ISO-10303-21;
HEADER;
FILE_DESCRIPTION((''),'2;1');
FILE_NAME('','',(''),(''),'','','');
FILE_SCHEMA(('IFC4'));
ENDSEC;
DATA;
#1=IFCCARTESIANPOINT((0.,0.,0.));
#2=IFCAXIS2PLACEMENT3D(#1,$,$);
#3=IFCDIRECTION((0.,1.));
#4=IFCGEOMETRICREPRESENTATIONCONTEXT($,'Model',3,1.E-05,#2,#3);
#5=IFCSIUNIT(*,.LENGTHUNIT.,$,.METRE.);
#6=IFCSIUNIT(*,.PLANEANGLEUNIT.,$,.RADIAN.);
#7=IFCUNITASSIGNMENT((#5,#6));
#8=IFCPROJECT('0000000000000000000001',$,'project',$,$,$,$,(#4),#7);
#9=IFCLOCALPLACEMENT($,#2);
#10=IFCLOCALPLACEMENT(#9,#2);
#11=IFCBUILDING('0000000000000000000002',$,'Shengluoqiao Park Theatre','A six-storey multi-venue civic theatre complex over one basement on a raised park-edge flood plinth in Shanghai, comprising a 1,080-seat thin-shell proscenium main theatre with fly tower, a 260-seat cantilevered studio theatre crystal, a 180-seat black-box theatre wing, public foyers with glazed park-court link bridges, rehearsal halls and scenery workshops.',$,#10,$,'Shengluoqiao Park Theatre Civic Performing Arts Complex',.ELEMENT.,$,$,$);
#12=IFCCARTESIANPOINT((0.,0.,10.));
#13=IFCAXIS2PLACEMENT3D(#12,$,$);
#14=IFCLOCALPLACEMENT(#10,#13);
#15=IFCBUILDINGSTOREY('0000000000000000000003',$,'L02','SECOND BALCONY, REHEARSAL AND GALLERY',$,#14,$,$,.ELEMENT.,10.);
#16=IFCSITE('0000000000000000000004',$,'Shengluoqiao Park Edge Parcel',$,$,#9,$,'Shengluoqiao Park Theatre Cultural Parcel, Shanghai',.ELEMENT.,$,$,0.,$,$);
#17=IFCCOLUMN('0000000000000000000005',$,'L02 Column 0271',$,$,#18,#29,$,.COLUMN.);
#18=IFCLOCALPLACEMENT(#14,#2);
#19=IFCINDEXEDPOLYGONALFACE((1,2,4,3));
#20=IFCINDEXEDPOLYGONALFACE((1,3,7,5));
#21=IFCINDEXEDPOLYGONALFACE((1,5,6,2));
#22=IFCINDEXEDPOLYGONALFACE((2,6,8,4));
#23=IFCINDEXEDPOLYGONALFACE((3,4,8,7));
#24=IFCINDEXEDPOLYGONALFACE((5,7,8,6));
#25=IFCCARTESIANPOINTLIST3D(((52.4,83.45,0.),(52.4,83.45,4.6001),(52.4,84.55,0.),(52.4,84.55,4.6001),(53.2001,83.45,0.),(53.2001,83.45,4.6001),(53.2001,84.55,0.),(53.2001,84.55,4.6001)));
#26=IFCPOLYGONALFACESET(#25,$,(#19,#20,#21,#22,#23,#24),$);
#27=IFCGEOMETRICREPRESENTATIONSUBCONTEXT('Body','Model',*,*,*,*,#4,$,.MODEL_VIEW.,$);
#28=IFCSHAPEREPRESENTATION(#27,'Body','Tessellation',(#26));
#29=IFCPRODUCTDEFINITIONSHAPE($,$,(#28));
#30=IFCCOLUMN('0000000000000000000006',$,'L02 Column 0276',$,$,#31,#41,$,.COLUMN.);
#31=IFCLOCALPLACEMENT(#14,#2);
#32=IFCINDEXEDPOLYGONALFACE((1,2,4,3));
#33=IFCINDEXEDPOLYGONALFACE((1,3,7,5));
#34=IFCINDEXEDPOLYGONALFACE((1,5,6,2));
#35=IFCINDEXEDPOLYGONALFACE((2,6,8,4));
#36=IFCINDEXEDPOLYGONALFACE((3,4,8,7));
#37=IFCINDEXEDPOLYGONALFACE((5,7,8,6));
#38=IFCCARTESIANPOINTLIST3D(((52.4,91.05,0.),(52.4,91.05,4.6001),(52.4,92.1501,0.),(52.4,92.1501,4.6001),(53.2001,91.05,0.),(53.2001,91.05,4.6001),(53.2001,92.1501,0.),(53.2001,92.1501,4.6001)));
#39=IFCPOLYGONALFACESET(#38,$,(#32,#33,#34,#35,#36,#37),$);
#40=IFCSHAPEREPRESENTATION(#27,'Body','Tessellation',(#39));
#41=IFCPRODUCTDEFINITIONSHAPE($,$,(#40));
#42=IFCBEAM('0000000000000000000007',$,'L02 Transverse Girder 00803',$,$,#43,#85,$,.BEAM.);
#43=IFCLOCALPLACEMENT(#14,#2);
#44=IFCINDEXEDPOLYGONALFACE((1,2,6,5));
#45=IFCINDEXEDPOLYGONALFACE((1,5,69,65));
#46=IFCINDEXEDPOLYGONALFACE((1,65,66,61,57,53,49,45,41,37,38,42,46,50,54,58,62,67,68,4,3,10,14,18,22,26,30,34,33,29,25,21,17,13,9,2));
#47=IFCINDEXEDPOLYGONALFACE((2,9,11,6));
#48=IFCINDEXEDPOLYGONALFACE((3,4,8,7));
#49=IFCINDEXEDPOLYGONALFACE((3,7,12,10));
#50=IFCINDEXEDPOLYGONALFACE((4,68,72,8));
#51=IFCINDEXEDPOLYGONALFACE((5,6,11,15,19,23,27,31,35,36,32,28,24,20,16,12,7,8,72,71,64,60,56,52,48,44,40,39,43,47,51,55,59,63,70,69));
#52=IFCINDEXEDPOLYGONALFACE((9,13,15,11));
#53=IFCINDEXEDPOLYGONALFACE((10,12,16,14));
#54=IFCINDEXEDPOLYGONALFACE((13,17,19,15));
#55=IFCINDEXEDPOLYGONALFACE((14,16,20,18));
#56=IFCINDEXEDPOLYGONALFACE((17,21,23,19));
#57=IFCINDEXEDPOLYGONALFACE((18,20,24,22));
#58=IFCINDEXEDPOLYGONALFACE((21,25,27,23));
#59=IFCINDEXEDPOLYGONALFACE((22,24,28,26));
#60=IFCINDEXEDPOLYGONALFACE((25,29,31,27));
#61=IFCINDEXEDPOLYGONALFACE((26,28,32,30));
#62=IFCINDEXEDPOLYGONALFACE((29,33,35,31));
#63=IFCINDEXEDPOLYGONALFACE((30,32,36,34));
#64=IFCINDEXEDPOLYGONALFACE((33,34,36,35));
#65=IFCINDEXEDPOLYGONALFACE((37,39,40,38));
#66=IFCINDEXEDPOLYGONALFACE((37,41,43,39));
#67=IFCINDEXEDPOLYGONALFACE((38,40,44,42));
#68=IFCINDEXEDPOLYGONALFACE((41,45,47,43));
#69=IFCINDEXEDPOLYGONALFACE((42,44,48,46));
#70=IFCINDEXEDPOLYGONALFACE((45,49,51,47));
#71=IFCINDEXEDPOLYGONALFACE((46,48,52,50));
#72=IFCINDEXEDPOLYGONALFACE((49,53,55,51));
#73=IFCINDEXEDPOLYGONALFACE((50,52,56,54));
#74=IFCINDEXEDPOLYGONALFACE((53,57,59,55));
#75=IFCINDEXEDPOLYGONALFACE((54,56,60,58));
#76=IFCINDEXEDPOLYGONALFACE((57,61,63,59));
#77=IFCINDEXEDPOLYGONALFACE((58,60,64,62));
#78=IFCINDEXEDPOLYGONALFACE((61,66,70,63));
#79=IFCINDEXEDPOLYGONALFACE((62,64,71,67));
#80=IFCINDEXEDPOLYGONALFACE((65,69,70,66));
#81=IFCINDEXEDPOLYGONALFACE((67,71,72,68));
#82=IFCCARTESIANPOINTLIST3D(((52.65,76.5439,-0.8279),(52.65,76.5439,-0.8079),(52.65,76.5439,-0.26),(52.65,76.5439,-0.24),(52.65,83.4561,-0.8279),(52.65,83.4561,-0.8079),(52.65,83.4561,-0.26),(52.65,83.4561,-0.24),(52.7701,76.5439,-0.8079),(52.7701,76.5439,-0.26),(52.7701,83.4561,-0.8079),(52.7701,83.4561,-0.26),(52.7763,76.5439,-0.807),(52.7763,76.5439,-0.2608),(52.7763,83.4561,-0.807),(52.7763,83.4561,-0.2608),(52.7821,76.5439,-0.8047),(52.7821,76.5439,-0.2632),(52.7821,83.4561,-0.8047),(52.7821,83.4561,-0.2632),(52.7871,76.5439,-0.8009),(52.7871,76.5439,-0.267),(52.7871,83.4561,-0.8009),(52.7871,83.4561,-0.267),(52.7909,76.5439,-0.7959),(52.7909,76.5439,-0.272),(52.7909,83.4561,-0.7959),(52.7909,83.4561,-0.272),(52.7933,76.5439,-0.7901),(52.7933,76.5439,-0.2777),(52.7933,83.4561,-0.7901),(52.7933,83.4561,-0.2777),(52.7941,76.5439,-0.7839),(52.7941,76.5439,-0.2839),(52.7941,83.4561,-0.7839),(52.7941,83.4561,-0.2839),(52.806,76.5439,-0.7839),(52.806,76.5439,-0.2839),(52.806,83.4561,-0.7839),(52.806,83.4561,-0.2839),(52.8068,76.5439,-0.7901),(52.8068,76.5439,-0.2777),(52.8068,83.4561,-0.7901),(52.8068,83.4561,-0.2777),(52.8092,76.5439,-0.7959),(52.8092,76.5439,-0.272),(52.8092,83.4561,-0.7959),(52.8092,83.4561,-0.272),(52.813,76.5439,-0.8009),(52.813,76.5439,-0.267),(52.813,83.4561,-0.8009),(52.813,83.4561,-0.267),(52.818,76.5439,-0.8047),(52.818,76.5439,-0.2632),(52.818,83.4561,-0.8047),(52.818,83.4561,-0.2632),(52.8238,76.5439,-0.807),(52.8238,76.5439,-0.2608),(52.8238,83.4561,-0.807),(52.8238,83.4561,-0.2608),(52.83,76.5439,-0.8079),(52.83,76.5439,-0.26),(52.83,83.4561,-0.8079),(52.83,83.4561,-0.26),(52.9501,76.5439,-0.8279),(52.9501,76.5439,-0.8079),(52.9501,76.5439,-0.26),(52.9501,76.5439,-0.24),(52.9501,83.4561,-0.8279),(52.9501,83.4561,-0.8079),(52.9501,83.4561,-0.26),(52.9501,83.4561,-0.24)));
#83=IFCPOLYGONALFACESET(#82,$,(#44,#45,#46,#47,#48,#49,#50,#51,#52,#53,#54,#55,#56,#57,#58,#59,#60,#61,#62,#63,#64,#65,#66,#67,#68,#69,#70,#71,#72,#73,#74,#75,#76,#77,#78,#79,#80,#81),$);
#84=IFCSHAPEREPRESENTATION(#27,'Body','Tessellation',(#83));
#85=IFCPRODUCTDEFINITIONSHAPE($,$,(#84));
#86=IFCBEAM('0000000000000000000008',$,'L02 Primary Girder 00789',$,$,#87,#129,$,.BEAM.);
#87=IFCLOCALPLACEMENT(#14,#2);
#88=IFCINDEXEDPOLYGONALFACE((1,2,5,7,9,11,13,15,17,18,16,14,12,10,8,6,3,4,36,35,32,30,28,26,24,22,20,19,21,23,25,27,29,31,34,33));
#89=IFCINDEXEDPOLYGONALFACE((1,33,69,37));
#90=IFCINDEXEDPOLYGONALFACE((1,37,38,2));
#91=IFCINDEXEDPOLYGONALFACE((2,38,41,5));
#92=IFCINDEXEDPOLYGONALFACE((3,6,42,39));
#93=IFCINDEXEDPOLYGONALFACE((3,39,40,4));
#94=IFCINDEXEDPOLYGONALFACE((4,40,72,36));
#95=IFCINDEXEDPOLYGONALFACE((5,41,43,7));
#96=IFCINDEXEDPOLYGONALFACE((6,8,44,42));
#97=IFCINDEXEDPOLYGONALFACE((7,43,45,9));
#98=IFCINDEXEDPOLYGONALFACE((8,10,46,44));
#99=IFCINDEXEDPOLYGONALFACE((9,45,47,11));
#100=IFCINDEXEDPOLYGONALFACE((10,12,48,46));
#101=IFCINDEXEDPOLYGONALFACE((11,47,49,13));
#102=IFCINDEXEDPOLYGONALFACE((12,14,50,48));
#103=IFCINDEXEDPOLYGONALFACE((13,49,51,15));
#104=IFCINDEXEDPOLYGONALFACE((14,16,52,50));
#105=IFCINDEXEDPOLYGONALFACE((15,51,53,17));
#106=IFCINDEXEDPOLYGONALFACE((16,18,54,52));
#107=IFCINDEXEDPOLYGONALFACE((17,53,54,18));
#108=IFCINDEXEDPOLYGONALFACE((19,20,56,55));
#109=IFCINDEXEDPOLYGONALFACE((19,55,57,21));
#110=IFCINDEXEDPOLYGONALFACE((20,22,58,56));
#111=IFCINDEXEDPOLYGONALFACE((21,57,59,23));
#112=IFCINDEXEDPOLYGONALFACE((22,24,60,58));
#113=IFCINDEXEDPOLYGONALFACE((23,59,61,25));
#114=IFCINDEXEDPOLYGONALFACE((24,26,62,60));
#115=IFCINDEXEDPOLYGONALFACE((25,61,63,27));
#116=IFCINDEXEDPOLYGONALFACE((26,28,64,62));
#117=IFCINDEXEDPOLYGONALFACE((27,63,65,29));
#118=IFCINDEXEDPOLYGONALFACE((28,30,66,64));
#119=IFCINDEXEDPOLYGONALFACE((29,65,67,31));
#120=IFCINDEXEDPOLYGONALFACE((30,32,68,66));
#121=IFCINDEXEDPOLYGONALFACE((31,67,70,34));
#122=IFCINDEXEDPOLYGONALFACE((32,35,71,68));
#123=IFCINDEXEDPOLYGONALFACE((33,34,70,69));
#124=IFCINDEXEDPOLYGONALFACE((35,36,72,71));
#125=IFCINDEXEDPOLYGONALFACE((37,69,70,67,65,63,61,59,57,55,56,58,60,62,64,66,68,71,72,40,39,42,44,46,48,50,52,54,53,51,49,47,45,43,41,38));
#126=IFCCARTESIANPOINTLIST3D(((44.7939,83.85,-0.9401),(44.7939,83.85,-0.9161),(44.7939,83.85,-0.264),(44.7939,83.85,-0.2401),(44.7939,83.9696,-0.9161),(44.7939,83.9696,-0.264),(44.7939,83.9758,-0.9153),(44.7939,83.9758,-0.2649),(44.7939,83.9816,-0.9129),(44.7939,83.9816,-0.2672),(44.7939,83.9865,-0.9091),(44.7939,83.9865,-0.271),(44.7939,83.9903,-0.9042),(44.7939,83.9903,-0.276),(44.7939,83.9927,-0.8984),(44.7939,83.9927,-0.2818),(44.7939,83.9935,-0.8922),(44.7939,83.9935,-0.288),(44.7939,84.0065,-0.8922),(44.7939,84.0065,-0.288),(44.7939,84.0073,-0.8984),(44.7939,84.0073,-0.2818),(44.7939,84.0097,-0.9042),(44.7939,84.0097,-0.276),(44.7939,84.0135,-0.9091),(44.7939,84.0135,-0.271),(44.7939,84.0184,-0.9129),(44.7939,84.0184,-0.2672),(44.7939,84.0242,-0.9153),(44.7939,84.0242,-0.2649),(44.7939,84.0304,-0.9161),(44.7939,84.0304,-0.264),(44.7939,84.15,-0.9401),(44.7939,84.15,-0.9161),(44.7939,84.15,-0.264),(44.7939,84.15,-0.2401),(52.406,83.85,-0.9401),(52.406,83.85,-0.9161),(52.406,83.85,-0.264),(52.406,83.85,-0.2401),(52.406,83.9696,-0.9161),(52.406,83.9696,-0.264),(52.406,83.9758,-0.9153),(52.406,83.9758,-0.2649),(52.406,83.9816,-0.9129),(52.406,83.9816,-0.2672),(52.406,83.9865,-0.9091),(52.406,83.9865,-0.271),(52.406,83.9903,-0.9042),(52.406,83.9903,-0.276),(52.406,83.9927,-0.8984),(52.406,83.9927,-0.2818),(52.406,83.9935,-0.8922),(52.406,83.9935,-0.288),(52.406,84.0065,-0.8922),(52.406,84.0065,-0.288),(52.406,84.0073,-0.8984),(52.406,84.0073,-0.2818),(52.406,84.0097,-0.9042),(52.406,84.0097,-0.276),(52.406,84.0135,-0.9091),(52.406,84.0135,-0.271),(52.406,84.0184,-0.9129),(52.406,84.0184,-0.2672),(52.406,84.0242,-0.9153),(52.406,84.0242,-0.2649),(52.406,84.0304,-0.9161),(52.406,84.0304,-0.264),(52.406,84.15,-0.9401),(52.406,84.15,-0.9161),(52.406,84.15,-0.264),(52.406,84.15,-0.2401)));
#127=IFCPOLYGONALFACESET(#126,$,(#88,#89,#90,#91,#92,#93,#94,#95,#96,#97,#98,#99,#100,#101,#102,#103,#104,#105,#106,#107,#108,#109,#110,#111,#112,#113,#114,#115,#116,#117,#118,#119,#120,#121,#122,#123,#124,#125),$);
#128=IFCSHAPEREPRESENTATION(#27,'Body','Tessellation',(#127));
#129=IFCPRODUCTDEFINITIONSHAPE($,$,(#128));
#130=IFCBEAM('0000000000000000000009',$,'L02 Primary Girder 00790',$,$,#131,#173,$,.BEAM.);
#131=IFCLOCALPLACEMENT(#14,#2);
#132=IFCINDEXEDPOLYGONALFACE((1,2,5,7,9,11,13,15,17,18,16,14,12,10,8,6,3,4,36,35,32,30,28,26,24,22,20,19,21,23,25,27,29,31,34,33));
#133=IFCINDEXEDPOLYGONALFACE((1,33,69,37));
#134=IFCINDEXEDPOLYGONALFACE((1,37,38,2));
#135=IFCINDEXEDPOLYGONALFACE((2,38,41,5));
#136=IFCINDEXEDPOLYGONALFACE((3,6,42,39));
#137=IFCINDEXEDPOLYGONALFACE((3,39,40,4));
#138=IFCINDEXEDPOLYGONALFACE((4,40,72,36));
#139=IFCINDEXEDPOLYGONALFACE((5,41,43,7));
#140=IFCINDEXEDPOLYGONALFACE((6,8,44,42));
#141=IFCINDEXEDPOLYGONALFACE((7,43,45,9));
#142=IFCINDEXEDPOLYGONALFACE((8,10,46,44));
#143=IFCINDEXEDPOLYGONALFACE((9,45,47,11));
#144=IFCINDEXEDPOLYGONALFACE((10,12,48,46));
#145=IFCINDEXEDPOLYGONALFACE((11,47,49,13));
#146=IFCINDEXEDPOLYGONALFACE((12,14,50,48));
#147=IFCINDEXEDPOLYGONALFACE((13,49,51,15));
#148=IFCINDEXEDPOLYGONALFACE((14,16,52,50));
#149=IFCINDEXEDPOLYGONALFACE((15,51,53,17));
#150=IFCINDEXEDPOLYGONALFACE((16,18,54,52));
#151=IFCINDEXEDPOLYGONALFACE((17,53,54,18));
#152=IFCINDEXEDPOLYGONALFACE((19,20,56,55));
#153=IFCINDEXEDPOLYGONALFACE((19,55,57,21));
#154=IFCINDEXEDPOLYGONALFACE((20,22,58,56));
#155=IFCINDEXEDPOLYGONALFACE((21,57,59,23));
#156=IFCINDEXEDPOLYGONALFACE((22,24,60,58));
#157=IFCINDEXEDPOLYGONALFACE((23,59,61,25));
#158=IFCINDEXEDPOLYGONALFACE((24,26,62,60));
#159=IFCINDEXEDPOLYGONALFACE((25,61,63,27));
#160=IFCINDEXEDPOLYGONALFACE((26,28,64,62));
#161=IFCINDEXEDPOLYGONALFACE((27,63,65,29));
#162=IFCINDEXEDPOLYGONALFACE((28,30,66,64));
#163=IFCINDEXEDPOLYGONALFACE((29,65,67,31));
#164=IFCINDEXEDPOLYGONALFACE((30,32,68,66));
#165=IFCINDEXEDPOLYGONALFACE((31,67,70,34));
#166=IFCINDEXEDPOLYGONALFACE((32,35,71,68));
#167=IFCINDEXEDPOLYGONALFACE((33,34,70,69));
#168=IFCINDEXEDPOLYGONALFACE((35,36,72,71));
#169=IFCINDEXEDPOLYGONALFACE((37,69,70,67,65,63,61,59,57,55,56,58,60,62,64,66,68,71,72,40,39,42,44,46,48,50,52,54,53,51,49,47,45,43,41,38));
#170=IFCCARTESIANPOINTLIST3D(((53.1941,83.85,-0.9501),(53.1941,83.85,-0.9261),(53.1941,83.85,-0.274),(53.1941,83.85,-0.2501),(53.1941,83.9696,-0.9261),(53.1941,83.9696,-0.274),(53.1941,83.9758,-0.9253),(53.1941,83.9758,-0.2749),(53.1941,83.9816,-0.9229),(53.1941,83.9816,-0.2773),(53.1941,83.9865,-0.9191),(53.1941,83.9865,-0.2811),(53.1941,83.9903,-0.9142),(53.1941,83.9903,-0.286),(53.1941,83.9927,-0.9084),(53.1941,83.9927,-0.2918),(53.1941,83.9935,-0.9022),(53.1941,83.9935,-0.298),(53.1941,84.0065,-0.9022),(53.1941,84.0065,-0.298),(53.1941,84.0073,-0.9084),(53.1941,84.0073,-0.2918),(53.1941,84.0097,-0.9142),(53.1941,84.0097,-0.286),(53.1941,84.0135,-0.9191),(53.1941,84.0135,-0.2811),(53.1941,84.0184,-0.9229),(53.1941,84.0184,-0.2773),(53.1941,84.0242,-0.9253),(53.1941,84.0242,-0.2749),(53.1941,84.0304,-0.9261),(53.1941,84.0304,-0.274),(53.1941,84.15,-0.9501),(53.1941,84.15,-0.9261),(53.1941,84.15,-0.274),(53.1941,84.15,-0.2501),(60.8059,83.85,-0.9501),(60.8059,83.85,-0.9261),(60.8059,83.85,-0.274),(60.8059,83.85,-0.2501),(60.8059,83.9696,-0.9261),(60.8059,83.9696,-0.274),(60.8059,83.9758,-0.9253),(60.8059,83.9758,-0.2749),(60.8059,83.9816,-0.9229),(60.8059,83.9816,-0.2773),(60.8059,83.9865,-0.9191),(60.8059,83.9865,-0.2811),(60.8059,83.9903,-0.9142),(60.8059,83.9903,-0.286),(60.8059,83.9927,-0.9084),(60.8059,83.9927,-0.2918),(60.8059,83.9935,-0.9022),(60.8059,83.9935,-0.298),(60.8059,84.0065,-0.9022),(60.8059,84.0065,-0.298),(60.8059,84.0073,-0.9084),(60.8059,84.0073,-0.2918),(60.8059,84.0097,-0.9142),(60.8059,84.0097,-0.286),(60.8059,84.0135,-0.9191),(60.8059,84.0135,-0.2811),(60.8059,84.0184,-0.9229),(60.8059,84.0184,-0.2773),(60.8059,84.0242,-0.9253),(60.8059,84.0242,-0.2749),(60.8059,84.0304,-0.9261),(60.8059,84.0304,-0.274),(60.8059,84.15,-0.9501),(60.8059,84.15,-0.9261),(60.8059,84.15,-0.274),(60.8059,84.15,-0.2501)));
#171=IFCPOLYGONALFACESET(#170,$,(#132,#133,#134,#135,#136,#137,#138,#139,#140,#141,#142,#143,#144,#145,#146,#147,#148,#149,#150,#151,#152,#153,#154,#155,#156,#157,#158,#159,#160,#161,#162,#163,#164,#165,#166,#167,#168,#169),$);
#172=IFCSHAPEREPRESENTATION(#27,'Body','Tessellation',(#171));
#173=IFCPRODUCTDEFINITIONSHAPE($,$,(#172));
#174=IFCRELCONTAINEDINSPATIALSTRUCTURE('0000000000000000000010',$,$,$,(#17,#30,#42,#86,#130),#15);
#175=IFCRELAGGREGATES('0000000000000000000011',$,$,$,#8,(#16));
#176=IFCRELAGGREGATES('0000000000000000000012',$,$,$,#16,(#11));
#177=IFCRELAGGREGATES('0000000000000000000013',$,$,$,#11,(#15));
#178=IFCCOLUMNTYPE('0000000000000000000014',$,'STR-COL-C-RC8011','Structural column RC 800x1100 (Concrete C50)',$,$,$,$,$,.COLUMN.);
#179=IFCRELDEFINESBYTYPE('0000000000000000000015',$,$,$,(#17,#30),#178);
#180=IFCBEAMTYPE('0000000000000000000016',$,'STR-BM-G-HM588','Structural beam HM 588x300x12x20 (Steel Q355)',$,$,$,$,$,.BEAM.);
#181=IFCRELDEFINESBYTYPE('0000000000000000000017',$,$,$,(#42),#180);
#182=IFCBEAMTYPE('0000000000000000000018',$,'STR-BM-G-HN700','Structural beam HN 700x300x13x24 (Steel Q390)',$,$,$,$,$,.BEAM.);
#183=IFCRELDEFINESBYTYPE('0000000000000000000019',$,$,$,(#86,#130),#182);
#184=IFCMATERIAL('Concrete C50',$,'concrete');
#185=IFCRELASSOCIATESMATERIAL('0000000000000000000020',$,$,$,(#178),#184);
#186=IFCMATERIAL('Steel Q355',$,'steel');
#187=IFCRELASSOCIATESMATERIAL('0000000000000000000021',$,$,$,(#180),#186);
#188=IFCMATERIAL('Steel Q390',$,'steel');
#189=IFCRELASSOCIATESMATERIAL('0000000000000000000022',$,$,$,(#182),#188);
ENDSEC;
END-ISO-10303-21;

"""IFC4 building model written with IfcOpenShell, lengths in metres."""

from ifc_helpers import new_model, si_unit, direction, frame, origin, origin_2d, place, context, subcontext, project, spatial, rectangle, i_section, extrude, material, material_profile, profile_set, type_object, element, save


model = new_model("IFC4")

# Units and contexts
model_context = context("Model", 3, precision=1e-05, world=origin(), true_north=direction((0.0, 1.0)))
body_context = subcontext(model_context, "Body", "Model", "MODEL_VIEW")
ifc_project = project(units=[si_unit("LENGTHUNIT", "METRE"), si_unit("PLANEANGLEUNIT", "RADIAN")], contexts=[model_context])

# Site, building, storey
site_placement = place(None, origin())
site = spatial("IfcSite", under=ifc_project, at=site_placement, Name="Shengluoqiao Park Edge Parcel", LongName="Shengluoqiao Park Theatre Cultural Parcel, Shanghai", CompositionType="ELEMENT", RefElevation=0.0)
building_placement = place(site_placement, origin())
building = spatial("IfcBuilding", under=site, at=building_placement, Name="Shengluoqiao Park Theatre", Description="A six-storey multi-venue civic theatre complex over one basement on a raised park-edge flood plinth in Shanghai, comprising a 1,080-seat thin-shell proscenium main theatre with fly tower, a 260-seat cantilevered studio theatre crystal, a 180-seat black-box theatre wing, public foyers with glazed park-court link bridges, rehearsal halls and scenery workshops.", LongName="Shengluoqiao Park Theatre Civic Performing Arts Complex", CompositionType="ELEMENT")
storey_placement = place(building_placement, frame((0.0, 0.0, 10.0)))
storey = spatial("IfcBuildingStorey", under=building, at=storey_placement, Name="L02", Description="SECOND BALCONY, REHEARSAL AND GALLERY", CompositionType="ELEMENT", Elevation=10.0)

# Columns
ifc_material_1 = material(Name="Concrete C50", Category="concrete")
ifc_material_profile_1 = material_profile(ifc_material_1, rectangle(XDim=0.8, YDim=1.1001, at=origin_2d()), Name="RC 800x1100")
ifc_profile_set_1 = profile_set([ifc_material_profile_1], Name="Concrete C50")
column_type = type_object("IfcColumnType", Name="STR-COL-C-RC8011", Description="Structural column RC 800x1100 (Concrete C50)", PredefinedType="COLUMN", material=ifc_profile_set_1)
for number, where, z_axis, x_axis, name in (
    (1, (52.8, 84.0, 0.0), (0.0, 0.0, 1.0), (1.0, 0.0, 0.0), "L02 Column 0271"),
    (2, (52.8, 91.6001, 0.0), (0.0, 0.0, 1.0), (1.0, 0.0, 0.0), "L02 Column 0276"),
):
    element("IfcColumn", number, at=place(storey_placement, frame(where, z_axis=z_axis, x_axis=x_axis)), inside=storey, type_object=column_type, Name=name, PredefinedType="COLUMN", context=body_context, shape_type="SweptSolid", body=[
        extrude(rectangle(XDim=0.8, YDim=1.1001, at=origin_2d()), origin(), (0.0, 0.0, 1.0), 4.6001),
    ])

# Beams
ifc_material_2 = material(Name="Steel Q355", Category="steel")
ifc_material_profile_2 = material_profile(ifc_material_2, i_section(OverallWidth=0.3, OverallDepth=0.5879, WebThickness=0.012, FlangeThickness=0.02, FilletRadius=0.0239, at=origin_2d()), Name="HM 588x300x12x20")
ifc_profile_set_2 = profile_set([ifc_material_profile_2], Name="Steel Q355")
beam_type_1 = type_object("IfcBeamType", Name="STR-BM-G-HM588", Description="Structural beam HM 588x300x12x20 (Steel Q355)", PredefinedType="BEAM", material=ifc_profile_set_2)
beam_1_placement = place(storey_placement, frame((52.8, 76.5439, -0.5339), z_axis=(0.0, 1.0, 0.0), x_axis=(-1.0, 0.0, 0.0)))
element("IfcBeam", 3, at=beam_1_placement, inside=storey, type_object=beam_type_1, Name="L02 Transverse Girder 00803", PredefinedType="BEAM", context=body_context, shape_type="SweptSolid", body=[
    extrude(i_section(OverallWidth=0.3, OverallDepth=0.5879, WebThickness=0.012, FlangeThickness=0.02, FilletRadius=0.0239, at=origin_2d()), origin(), (0.0, 0.0, 1.0), 6.9121),
])
ifc_material_3 = material(Name="Steel Q390", Category="steel")
ifc_material_profile_3 = material_profile(ifc_material_3, i_section(OverallWidth=0.3, OverallDepth=0.7, WebThickness=0.0129, FlangeThickness=0.0239, FilletRadius=0.0239, at=origin_2d()), Name="HN 700x300x13x24")
ifc_profile_set_3 = profile_set([ifc_material_profile_3], Name="Steel Q390")
beam_type_2 = type_object("IfcBeamType", Name="STR-BM-G-HN700", Description="Structural beam HN 700x300x13x24 (Steel Q390)", PredefinedType="BEAM", material=ifc_profile_set_3)
beam_2_placement = place(storey_placement, frame((44.7939, 84.0, -0.5901), z_axis=(1.0, 0.0, 0.0), x_axis=(0.0, 1.0, 0.0)))
element("IfcBeam", 4, at=beam_2_placement, inside=storey, type_object=beam_type_2, Name="L02 Primary Girder 00789", PredefinedType="BEAM", context=body_context, shape_type="SweptSolid", body=[
    extrude(i_section(OverallWidth=0.3, OverallDepth=0.7, WebThickness=0.0129, FlangeThickness=0.0239, FilletRadius=0.0239, at=origin_2d()), origin(), (0.0, 0.0, 1.0), 7.6121),
])
beam_3_placement = place(storey_placement, frame((53.1941, 84.0, -0.6001), z_axis=(1.0, 0.0, 0.0), x_axis=(0.0, 1.0, 0.0)))
element("IfcBeam", 5, at=beam_3_placement, inside=storey, type_object=beam_type_2, Name="L02 Primary Girder 00790", PredefinedType="BEAM", context=body_context, shape_type="SweptSolid", body=[
    extrude(i_section(OverallWidth=0.3, OverallDepth=0.7, WebThickness=0.0129, FlangeThickness=0.0239, FilletRadius=0.0239, at=origin_2d()), origin(), (0.0, 0.0, 1.0), 7.6118),
])

save(model, "model.ifc")
